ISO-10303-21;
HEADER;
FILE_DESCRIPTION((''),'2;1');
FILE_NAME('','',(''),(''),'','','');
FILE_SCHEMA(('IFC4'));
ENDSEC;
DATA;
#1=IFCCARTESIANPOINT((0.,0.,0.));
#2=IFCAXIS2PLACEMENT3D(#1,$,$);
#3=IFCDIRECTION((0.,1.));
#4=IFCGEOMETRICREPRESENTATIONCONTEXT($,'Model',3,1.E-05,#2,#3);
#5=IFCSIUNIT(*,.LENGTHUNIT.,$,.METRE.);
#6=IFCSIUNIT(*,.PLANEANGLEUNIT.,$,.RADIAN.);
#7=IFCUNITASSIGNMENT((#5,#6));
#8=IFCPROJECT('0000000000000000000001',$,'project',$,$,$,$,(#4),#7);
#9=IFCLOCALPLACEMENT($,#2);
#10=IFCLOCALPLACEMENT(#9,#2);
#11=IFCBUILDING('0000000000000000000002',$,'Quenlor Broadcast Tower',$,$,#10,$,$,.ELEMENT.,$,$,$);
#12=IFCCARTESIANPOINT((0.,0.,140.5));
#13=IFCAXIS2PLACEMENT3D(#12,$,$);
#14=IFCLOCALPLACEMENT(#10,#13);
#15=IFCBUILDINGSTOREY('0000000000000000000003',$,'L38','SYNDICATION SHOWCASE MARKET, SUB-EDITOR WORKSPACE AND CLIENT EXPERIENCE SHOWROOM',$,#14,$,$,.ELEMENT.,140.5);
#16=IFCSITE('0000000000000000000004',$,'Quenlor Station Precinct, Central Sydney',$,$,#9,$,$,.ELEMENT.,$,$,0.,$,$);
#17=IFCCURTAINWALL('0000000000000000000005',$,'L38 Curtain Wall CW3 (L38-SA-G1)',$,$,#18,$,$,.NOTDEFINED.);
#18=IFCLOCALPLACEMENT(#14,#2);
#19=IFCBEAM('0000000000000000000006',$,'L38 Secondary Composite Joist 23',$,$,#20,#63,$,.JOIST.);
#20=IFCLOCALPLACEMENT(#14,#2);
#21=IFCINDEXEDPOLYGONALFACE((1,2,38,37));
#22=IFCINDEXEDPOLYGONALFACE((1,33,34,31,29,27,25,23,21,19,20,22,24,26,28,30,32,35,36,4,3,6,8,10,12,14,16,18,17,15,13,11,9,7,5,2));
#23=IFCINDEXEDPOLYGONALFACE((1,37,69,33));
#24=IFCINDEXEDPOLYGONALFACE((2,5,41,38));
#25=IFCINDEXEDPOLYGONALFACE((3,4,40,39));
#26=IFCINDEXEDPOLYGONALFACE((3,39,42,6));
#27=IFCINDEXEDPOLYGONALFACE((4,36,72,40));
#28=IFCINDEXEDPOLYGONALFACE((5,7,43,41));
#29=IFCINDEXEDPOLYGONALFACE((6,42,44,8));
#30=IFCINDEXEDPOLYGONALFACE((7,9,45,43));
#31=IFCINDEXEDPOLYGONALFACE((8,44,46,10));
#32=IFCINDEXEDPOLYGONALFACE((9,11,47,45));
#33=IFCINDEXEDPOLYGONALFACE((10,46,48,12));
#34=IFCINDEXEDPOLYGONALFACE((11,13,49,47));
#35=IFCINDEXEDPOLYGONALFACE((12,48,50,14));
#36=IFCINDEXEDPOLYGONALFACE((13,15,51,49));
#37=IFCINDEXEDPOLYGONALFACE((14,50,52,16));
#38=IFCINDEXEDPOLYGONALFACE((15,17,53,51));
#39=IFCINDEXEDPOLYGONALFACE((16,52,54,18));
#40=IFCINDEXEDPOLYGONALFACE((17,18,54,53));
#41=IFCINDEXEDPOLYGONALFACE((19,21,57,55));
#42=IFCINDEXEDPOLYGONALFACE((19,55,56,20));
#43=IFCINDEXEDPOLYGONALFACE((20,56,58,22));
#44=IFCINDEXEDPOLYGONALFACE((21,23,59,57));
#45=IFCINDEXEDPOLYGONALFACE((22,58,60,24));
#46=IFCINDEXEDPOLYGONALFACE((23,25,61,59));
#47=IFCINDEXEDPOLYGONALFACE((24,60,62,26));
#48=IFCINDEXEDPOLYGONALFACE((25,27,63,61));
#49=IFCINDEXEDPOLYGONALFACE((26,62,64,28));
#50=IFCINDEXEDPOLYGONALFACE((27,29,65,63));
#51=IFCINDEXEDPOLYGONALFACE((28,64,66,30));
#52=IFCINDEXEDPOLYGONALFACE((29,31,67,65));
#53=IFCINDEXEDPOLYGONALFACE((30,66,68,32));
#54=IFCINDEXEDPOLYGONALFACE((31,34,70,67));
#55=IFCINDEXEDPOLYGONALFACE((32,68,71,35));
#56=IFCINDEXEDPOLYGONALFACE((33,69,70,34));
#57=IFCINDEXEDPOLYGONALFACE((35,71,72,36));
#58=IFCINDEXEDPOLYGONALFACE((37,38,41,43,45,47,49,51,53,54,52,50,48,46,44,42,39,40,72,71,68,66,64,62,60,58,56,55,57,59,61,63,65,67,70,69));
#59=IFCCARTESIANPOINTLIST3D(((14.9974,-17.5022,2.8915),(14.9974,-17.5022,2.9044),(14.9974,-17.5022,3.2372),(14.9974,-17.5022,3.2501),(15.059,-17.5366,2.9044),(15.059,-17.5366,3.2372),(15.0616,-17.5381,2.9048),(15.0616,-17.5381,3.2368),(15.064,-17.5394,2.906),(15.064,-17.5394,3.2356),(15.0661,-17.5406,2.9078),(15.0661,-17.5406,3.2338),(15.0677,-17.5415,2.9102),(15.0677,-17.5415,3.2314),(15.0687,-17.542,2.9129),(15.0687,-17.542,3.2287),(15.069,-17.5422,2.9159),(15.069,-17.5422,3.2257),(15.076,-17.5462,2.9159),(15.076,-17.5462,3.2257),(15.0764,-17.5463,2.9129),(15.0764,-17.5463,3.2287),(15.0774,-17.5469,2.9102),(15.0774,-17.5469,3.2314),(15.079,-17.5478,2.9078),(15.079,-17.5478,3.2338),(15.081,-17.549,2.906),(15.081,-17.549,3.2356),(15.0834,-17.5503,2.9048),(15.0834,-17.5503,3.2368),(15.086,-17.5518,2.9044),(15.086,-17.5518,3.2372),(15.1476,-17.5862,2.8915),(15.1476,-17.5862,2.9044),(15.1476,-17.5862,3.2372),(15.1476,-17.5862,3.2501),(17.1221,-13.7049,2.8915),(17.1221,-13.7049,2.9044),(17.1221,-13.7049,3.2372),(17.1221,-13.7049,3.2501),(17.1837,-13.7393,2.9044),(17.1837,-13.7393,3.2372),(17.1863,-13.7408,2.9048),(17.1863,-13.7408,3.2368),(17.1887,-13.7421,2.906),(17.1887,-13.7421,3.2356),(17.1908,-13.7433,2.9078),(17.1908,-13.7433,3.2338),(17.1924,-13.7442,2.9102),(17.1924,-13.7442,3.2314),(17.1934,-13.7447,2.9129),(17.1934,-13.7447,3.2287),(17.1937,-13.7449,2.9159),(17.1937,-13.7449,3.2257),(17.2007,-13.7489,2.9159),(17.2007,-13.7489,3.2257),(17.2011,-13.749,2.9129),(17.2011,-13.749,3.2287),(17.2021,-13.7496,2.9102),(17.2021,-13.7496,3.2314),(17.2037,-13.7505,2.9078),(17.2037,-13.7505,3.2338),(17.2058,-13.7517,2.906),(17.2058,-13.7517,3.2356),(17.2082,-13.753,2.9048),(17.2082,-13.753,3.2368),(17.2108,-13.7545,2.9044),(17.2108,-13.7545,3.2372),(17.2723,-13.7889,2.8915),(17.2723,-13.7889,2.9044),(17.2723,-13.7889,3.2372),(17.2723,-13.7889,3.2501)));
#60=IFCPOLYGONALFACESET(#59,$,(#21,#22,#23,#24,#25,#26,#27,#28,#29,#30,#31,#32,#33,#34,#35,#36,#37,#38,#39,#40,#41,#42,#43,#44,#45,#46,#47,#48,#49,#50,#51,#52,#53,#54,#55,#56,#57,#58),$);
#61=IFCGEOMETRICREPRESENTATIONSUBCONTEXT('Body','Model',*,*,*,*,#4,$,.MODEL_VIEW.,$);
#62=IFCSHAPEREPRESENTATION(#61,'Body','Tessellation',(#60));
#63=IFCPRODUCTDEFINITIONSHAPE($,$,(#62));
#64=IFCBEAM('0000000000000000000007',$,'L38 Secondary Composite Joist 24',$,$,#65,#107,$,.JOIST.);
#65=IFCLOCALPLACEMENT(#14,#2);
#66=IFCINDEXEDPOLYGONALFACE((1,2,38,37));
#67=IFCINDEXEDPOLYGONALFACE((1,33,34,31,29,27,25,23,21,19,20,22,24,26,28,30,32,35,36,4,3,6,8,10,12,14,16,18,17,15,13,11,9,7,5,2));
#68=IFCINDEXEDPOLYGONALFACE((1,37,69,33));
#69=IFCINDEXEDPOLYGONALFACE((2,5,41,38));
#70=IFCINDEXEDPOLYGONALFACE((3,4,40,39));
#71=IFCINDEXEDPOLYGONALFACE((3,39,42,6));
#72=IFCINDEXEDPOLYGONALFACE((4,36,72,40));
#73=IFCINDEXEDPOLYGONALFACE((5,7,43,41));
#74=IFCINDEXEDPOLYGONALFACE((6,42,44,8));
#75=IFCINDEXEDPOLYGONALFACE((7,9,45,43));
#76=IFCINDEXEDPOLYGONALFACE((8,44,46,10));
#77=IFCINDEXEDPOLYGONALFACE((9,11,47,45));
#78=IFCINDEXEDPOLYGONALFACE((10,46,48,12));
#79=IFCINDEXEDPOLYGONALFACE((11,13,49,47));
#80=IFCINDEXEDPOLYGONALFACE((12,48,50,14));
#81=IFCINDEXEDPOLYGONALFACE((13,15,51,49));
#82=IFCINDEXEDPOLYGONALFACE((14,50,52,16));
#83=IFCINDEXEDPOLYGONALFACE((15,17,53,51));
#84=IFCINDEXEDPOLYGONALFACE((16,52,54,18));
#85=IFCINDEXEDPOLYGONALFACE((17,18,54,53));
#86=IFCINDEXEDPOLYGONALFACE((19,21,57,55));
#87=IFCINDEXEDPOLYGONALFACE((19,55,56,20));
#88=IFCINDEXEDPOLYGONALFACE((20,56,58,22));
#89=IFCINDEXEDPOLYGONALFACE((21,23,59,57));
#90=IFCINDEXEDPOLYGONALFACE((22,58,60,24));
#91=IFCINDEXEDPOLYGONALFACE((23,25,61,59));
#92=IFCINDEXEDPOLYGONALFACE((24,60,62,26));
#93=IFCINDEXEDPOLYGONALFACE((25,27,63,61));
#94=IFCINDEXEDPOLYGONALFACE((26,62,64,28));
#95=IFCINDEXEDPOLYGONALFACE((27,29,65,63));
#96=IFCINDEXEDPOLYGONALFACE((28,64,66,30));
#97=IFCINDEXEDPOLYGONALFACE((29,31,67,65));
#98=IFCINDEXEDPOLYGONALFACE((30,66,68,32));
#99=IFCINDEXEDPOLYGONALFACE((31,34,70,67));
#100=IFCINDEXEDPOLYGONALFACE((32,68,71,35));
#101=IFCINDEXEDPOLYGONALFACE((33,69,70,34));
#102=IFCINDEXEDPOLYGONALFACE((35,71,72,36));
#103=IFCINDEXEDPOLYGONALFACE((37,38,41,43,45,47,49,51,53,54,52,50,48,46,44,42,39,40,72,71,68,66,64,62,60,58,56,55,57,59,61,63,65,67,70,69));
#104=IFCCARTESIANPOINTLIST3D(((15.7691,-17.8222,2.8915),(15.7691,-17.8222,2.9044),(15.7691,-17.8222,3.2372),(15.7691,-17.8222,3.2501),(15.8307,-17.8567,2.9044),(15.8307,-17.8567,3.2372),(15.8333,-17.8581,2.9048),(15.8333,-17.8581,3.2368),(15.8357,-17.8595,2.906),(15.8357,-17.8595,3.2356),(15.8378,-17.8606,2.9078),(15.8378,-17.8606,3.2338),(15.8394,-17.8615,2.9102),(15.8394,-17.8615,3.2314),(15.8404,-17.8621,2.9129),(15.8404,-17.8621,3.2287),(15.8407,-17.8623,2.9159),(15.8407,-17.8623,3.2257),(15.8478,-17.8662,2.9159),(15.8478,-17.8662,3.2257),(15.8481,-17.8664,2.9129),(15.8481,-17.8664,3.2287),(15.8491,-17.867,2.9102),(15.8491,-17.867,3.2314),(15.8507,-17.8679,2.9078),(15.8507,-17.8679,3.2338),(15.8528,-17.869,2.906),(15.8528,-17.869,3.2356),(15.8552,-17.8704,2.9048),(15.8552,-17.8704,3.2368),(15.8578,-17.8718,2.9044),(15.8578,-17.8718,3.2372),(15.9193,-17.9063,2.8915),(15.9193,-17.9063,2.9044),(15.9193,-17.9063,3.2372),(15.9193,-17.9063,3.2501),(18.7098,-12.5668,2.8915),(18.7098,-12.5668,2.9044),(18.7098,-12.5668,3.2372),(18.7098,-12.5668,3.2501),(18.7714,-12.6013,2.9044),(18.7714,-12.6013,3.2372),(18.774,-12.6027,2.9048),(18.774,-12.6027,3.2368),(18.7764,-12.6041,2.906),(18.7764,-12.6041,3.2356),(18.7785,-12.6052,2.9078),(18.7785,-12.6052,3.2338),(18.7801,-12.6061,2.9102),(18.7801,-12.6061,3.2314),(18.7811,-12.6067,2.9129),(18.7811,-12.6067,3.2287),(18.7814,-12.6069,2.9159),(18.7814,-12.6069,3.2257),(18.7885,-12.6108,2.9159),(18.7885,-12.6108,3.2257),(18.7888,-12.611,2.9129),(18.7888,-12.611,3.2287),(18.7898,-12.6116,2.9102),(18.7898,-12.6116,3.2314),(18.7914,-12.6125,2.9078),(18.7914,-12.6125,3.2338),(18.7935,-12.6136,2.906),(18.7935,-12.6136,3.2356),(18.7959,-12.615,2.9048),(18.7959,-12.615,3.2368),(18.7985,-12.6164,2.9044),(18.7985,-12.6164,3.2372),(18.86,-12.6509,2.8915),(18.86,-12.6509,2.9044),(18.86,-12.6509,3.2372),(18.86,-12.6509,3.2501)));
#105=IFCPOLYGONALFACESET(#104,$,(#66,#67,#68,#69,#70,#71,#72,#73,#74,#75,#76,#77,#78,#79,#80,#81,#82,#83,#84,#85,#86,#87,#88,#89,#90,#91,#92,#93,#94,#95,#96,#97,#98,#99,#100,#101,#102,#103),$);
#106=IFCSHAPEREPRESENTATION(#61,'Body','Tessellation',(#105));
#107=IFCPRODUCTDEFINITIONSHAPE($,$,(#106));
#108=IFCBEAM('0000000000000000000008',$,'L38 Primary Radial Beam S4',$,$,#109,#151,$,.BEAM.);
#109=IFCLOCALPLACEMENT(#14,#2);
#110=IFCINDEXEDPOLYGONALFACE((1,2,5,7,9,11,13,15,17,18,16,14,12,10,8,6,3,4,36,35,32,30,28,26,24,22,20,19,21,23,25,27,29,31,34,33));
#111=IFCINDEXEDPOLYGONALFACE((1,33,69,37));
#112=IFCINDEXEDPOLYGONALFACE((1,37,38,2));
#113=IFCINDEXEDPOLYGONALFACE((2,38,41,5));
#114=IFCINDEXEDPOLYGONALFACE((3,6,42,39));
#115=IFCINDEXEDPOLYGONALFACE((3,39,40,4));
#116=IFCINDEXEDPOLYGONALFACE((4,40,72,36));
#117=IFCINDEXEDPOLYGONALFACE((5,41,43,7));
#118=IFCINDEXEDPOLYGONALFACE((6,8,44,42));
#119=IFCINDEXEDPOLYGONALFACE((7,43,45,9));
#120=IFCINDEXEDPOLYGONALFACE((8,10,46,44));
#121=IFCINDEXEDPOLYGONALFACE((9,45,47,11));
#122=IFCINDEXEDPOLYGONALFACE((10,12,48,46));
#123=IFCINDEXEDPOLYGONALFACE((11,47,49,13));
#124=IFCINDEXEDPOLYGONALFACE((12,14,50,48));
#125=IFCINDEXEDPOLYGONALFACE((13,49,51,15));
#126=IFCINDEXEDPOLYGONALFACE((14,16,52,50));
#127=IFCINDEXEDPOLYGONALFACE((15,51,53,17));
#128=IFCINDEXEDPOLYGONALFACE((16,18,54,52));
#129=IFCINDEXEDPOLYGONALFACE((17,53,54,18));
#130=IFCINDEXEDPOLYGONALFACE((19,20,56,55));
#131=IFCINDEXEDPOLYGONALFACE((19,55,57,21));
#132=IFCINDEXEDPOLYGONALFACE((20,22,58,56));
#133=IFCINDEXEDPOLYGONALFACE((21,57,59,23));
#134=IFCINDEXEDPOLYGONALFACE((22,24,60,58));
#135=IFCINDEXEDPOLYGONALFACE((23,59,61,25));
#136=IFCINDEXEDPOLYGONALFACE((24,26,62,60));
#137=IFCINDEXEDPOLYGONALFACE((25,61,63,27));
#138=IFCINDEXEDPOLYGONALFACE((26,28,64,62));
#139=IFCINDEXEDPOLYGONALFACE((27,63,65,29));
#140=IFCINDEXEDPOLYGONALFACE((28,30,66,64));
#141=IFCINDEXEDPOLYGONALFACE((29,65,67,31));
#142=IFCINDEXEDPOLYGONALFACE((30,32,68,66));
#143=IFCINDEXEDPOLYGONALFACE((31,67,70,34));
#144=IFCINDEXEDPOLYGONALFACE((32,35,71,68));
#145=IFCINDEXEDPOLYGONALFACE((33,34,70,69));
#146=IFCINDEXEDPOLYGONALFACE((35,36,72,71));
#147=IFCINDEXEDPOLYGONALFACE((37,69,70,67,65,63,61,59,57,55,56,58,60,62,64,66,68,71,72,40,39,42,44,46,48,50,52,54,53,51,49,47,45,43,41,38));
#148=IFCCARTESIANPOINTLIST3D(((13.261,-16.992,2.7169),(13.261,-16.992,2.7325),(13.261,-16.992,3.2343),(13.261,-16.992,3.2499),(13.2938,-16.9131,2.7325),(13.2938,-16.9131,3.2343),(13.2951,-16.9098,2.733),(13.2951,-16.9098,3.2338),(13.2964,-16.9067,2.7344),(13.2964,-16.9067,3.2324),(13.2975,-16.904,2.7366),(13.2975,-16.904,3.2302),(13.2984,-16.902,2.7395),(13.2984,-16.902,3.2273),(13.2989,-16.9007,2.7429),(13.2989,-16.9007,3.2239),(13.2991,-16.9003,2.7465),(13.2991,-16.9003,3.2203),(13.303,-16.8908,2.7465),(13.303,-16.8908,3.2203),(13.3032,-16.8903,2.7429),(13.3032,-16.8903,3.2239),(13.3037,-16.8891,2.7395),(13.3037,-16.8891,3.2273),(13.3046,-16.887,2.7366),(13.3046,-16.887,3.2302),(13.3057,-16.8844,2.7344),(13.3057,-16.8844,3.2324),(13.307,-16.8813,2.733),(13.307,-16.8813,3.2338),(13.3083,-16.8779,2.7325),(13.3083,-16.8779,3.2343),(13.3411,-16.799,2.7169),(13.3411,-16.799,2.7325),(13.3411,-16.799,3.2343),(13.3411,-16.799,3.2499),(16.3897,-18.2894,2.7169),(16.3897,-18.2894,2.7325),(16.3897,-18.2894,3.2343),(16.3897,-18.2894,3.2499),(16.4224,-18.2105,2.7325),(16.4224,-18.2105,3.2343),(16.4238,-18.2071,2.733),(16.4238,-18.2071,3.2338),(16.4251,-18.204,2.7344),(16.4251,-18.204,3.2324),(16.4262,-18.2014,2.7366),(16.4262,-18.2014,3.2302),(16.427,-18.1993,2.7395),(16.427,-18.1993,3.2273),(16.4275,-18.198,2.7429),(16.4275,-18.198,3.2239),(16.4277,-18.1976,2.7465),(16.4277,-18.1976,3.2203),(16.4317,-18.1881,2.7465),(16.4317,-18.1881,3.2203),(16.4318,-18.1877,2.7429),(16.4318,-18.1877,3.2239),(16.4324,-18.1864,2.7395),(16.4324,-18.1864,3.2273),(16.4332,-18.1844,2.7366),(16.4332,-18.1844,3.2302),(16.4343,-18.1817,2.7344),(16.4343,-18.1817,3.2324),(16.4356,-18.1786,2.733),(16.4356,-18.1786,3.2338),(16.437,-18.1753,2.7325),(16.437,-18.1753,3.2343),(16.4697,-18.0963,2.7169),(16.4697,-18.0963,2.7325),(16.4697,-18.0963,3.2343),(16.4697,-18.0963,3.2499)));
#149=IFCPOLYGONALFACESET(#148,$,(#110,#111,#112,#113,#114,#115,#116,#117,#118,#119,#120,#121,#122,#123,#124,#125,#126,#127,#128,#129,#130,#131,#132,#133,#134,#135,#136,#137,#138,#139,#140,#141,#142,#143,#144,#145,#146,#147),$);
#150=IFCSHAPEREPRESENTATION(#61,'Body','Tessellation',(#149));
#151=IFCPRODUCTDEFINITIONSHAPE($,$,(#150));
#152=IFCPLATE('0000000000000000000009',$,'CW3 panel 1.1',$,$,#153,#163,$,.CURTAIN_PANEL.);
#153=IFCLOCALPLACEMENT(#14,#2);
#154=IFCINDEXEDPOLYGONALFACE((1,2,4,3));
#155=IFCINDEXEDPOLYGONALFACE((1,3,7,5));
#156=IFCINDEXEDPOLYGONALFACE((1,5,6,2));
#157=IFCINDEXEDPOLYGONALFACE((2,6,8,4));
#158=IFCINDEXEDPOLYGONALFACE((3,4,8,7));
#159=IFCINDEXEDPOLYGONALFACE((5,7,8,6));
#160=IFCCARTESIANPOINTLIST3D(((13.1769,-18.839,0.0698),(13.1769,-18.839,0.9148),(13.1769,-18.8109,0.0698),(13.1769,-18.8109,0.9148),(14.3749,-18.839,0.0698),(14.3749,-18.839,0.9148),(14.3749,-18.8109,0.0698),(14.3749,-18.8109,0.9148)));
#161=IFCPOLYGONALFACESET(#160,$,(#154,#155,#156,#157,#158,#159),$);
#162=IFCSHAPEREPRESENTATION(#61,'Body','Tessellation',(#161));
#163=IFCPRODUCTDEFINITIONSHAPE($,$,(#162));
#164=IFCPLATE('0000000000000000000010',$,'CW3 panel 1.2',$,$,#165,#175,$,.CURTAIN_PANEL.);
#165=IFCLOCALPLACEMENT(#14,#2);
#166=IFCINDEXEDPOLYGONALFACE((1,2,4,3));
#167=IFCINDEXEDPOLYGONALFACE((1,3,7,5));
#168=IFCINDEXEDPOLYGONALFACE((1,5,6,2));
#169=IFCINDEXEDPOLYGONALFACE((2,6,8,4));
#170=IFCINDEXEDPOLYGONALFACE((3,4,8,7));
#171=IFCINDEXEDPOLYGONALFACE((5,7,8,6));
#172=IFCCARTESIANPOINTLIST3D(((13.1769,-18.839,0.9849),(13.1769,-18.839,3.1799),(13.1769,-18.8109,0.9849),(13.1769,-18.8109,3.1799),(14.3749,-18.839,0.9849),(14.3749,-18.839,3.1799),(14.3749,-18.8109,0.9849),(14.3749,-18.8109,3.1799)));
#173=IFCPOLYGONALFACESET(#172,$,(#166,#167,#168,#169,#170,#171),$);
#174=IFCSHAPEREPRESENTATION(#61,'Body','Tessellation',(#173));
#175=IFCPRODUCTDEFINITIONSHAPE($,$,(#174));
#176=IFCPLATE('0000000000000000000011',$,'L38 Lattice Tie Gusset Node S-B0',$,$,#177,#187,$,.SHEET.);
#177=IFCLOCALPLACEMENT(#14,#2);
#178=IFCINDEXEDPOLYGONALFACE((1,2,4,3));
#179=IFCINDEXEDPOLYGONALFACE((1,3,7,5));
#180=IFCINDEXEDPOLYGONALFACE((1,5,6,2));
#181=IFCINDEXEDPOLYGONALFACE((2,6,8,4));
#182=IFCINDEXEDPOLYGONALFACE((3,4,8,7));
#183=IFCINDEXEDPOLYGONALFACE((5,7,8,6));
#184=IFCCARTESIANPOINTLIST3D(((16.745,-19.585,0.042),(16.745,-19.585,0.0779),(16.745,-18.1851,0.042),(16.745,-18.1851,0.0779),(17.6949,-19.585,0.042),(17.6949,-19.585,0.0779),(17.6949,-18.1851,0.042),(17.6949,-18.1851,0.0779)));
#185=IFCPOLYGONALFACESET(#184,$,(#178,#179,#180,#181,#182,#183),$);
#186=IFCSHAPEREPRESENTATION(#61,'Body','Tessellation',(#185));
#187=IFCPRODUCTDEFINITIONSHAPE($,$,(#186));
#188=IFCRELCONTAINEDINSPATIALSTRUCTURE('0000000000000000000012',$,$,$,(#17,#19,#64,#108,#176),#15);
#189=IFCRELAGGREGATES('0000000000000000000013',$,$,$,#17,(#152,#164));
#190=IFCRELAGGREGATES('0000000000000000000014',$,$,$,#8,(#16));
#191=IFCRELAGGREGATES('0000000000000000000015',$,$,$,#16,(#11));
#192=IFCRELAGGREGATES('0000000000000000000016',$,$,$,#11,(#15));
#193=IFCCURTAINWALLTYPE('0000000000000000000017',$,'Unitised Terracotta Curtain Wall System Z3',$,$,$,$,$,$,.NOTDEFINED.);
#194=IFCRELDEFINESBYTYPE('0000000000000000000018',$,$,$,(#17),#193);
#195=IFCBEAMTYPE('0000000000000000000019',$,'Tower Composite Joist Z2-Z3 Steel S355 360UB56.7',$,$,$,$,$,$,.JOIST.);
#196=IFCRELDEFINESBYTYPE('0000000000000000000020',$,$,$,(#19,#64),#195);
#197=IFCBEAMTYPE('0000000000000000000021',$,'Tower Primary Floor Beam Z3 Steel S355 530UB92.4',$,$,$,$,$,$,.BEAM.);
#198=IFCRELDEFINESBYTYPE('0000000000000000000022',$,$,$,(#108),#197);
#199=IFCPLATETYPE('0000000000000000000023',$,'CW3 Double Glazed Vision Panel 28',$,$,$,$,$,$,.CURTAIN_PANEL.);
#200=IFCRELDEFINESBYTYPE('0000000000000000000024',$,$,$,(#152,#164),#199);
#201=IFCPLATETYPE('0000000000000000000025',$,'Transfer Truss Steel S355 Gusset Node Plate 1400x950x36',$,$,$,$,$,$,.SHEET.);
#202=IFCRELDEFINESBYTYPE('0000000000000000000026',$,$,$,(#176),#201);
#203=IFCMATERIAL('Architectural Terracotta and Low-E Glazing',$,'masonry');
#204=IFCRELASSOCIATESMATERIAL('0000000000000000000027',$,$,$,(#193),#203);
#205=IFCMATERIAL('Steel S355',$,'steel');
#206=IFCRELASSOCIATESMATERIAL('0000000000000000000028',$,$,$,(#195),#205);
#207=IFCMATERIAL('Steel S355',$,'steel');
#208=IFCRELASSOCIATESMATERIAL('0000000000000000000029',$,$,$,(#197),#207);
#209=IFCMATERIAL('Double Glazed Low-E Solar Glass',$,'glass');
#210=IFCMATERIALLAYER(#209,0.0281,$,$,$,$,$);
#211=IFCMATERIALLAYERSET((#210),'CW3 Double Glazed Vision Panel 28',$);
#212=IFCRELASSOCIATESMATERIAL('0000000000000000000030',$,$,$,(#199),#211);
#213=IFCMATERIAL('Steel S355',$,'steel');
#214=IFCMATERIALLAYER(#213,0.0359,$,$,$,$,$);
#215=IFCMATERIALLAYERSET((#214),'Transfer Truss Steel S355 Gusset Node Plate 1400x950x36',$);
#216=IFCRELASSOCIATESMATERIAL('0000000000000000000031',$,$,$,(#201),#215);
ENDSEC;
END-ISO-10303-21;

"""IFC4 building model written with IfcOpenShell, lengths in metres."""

from ifc_helpers import new_model, si_unit, direction, frame, origin, origin_2d, place, context, subcontext, project, spatial, rectangle, i_section, extrude, material, layer, layer_set, material_profile, profile_set, type_object, element, aggregate, save


model = new_model("IFC4")

# Units and contexts
model_context = context("Model", 3, precision=1e-05, world=origin(), true_north=direction((0.0, 1.0)))
body_context = subcontext(model_context, "Body", "Model", "MODEL_VIEW")
ifc_project = project(units=[si_unit("LENGTHUNIT", "METRE"), si_unit("PLANEANGLEUNIT", "RADIAN")], contexts=[model_context])

# Site, building, storey
site_placement = place(None, origin())
site = spatial("IfcSite", under=ifc_project, at=site_placement, Name="Quenlor Station Precinct, Central Sydney", CompositionType="ELEMENT", RefElevation=0.0)
building_placement = place(site_placement, origin())
building = spatial("IfcBuilding", under=site, at=building_placement, Name="Quenlor Broadcast Tower", CompositionType="ELEMENT")
storey_placement = place(building_placement, frame((0.0, 0.0, 140.5)))
storey = spatial("IfcBuildingStorey", under=building, at=storey_placement, Name="L38", Description="SYNDICATION SHOWCASE MARKET, SUB-EDITOR WORKSPACE AND CLIENT EXPERIENCE SHOWROOM", CompositionType="ELEMENT", Elevation=140.5)

# Curtain wall
ifc_material_1 = material(Name="Architectural Terracotta and Low-E Glazing", Category="masonry")
curtain_wall_type = type_object("IfcCurtainWallType", Name="Unitised Terracotta Curtain Wall System Z3", PredefinedType="NOTDEFINED", material=ifc_material_1)
curtain_wall_placement = place(storey_placement, origin())
curtain_wall = element("IfcCurtainWall", 1, at=curtain_wall_placement, inside=storey, type_object=curtain_wall_type, Name="L38 Curtain Wall CW3 (L38-SA-G1)", PredefinedType="NOTDEFINED")

# Beams
ifc_material_2 = material(Name="Steel S355", Category="steel")
ifc_material_profile_1 = material_profile(ifc_material_2, i_section(OverallWidth=0.1721, OverallDepth=0.3586, WebThickness=0.0081, FlangeThickness=0.0129, FilletRadius=0.0115, at=origin_2d()))
ifc_profile_set_1 = profile_set([ifc_material_profile_1], Name="Steel S355 360UB56.7")
beam_type_1 = type_object("IfcBeamType", Name="Tower Composite Joist Z2-Z3 Steel S355 360UB56.7", PredefinedType="JOIST", material=ifc_profile_set_1)
beam_1_placement = place(storey_placement, frame((15.0725, -17.5442, 3.0708), z_axis=(0.488294, 0.872679, 0.0), x_axis=(-0.872679, 0.488294, 0.0)))
element("IfcBeam", 2, at=beam_1_placement, inside=storey, type_object=beam_type_1, Name="L38 Secondary Composite Joist 23", PredefinedType="JOIST", context=body_context, shape_type="SweptSolid", body=[
    extrude(i_section(OverallWidth=0.1721, OverallDepth=0.3586, WebThickness=0.0081, FlangeThickness=0.0129, FilletRadius=0.0115, at=origin_2d()), origin(), (0.0, 0.0, 1.0), 4.3513),
])
beam_2_placement = place(storey_placement, frame((15.8442, -17.8643, 3.0708), z_axis=(0.488308, 0.872671, 0.0), x_axis=(-0.872671, 0.488308, 0.0)))
element("IfcBeam", 3, at=beam_2_placement, inside=storey, type_object=beam_type_1, Name="L38 Secondary Composite Joist 24", PredefinedType="JOIST", context=body_context, shape_type="SweptSolid", body=[
    extrude(i_section(OverallWidth=0.1721, OverallDepth=0.3586, WebThickness=0.0081, FlangeThickness=0.0129, FilletRadius=0.0115, at=origin_2d()), origin(), (0.0, 0.0, 1.0), 6.0222),
])
ifc_material_3 = material(Name="Steel S355", Category="steel")
ifc_material_profile_2 = material_profile(ifc_material_3, i_section(OverallWidth=0.209, OverallDepth=0.533, WebThickness=0.0103, FlangeThickness=0.0156, FilletRadius=0.0139, at=origin_2d()))
ifc_profile_set_2 = profile_set([ifc_material_profile_2], Name="Steel S355 530UB92.4")
beam_type_2 = type_object("IfcBeamType", Name="Tower Primary Floor Beam Z3 Steel S355 530UB92.4", PredefinedType="BEAM", material=ifc_profile_set_2)
beam_3_placement = place(storey_placement, frame((16.4297, -18.1929, 2.9834), z_axis=(-0.92373, 0.383044, 0.0), x_axis=(-0.383044, -0.92373, 0.0)))
element("IfcBeam", 4, at=beam_3_placement, inside=storey, type_object=beam_type_2, Name="L38 Primary Radial Beam S4", PredefinedType="BEAM", context=body_context, shape_type="SweptSolid", body=[
    extrude(i_section(OverallWidth=0.209, OverallDepth=0.533, WebThickness=0.0103, FlangeThickness=0.0156, FilletRadius=0.0139, at=origin_2d()), origin(), (0.0, 0.0, 1.0), 3.387),
])

# Plates
ifc_material_4 = material(Name="Double Glazed Low-E Solar Glass", Category="glass")
ifc_layer_1 = layer(ifc_material_4, 0.0281)
ifc_layer_set_1 = layer_set([ifc_layer_1], Name="CW3 Double Glazed Vision Panel 28")
plate_type_1 = type_object("IfcPlateType", Name="CW3 Double Glazed Vision Panel 28", PredefinedType="CURTAIN_PANEL", material=ifc_layer_set_1)
plate_1_placement = place(storey_placement, frame((13.7759, -18.825, 0.0698), z_axis=(0.0, 0.0, 1.0), x_axis=(-1.0, 0.0, 0.0)))
plate_1 = element("IfcPlate", 5, at=plate_1_placement, type_object=plate_type_1, Name="CW3 panel 1.1", PredefinedType="CURTAIN_PANEL", context=body_context, shape_type="SweptSolid", body=[
    extrude(rectangle(XDim=1.198, YDim=0.0281, at=origin_2d()), origin(), (0.0, 0.0, 1.0), 0.845),
])
plate_2_placement = place(storey_placement, frame((13.7759, -18.825, 0.9849), z_axis=(0.0, 0.0, 1.0), x_axis=(-1.0, 0.0, 0.0)))
plate_2 = element("IfcPlate", 6, at=plate_2_placement, type_object=plate_type_1, Name="CW3 panel 1.2", PredefinedType="CURTAIN_PANEL", context=body_context, shape_type="SweptSolid", body=[
    extrude(rectangle(XDim=1.198, YDim=0.0281, at=origin_2d()), origin(), (0.0, 0.0, 1.0), 2.1951),
])
aggregate(curtain_wall, [plate_1, plate_2])

# Plate
ifc_material_5 = material(Name="Steel S355", Category="steel")
ifc_layer_2 = layer(ifc_material_5, 0.0359)
ifc_layer_set_2 = layer_set([ifc_layer_2], Name="Transfer Truss Steel S355 Gusset Node Plate 1400x950x36")
plate_type_2 = type_object("IfcPlateType", Name="Transfer Truss Steel S355 Gusset Node Plate 1400x950x36", PredefinedType="SHEET", material=ifc_layer_set_2)
for number, where, z_axis, x_axis, name in (
    (7, (17.22, -18.885, 0.042), (0.0, 0.0, 1.0), (0.0, -1.0, 0.0), "L38 Lattice Tie Gusset Node S-B0"),
):
    element("IfcPlate", number, at=place(storey_placement, frame(where, z_axis=z_axis, x_axis=x_axis)), inside=storey, type_object=plate_type_2, Name=name, PredefinedType="SHEET", context=body_context, shape_type="SweptSolid", body=[
        extrude(rectangle(XDim=1.3999, YDim=0.95, at=origin_2d()), origin(), (0.0, 0.0, 1.0), 0.0359),
    ])

save(model, "model.ifc")
